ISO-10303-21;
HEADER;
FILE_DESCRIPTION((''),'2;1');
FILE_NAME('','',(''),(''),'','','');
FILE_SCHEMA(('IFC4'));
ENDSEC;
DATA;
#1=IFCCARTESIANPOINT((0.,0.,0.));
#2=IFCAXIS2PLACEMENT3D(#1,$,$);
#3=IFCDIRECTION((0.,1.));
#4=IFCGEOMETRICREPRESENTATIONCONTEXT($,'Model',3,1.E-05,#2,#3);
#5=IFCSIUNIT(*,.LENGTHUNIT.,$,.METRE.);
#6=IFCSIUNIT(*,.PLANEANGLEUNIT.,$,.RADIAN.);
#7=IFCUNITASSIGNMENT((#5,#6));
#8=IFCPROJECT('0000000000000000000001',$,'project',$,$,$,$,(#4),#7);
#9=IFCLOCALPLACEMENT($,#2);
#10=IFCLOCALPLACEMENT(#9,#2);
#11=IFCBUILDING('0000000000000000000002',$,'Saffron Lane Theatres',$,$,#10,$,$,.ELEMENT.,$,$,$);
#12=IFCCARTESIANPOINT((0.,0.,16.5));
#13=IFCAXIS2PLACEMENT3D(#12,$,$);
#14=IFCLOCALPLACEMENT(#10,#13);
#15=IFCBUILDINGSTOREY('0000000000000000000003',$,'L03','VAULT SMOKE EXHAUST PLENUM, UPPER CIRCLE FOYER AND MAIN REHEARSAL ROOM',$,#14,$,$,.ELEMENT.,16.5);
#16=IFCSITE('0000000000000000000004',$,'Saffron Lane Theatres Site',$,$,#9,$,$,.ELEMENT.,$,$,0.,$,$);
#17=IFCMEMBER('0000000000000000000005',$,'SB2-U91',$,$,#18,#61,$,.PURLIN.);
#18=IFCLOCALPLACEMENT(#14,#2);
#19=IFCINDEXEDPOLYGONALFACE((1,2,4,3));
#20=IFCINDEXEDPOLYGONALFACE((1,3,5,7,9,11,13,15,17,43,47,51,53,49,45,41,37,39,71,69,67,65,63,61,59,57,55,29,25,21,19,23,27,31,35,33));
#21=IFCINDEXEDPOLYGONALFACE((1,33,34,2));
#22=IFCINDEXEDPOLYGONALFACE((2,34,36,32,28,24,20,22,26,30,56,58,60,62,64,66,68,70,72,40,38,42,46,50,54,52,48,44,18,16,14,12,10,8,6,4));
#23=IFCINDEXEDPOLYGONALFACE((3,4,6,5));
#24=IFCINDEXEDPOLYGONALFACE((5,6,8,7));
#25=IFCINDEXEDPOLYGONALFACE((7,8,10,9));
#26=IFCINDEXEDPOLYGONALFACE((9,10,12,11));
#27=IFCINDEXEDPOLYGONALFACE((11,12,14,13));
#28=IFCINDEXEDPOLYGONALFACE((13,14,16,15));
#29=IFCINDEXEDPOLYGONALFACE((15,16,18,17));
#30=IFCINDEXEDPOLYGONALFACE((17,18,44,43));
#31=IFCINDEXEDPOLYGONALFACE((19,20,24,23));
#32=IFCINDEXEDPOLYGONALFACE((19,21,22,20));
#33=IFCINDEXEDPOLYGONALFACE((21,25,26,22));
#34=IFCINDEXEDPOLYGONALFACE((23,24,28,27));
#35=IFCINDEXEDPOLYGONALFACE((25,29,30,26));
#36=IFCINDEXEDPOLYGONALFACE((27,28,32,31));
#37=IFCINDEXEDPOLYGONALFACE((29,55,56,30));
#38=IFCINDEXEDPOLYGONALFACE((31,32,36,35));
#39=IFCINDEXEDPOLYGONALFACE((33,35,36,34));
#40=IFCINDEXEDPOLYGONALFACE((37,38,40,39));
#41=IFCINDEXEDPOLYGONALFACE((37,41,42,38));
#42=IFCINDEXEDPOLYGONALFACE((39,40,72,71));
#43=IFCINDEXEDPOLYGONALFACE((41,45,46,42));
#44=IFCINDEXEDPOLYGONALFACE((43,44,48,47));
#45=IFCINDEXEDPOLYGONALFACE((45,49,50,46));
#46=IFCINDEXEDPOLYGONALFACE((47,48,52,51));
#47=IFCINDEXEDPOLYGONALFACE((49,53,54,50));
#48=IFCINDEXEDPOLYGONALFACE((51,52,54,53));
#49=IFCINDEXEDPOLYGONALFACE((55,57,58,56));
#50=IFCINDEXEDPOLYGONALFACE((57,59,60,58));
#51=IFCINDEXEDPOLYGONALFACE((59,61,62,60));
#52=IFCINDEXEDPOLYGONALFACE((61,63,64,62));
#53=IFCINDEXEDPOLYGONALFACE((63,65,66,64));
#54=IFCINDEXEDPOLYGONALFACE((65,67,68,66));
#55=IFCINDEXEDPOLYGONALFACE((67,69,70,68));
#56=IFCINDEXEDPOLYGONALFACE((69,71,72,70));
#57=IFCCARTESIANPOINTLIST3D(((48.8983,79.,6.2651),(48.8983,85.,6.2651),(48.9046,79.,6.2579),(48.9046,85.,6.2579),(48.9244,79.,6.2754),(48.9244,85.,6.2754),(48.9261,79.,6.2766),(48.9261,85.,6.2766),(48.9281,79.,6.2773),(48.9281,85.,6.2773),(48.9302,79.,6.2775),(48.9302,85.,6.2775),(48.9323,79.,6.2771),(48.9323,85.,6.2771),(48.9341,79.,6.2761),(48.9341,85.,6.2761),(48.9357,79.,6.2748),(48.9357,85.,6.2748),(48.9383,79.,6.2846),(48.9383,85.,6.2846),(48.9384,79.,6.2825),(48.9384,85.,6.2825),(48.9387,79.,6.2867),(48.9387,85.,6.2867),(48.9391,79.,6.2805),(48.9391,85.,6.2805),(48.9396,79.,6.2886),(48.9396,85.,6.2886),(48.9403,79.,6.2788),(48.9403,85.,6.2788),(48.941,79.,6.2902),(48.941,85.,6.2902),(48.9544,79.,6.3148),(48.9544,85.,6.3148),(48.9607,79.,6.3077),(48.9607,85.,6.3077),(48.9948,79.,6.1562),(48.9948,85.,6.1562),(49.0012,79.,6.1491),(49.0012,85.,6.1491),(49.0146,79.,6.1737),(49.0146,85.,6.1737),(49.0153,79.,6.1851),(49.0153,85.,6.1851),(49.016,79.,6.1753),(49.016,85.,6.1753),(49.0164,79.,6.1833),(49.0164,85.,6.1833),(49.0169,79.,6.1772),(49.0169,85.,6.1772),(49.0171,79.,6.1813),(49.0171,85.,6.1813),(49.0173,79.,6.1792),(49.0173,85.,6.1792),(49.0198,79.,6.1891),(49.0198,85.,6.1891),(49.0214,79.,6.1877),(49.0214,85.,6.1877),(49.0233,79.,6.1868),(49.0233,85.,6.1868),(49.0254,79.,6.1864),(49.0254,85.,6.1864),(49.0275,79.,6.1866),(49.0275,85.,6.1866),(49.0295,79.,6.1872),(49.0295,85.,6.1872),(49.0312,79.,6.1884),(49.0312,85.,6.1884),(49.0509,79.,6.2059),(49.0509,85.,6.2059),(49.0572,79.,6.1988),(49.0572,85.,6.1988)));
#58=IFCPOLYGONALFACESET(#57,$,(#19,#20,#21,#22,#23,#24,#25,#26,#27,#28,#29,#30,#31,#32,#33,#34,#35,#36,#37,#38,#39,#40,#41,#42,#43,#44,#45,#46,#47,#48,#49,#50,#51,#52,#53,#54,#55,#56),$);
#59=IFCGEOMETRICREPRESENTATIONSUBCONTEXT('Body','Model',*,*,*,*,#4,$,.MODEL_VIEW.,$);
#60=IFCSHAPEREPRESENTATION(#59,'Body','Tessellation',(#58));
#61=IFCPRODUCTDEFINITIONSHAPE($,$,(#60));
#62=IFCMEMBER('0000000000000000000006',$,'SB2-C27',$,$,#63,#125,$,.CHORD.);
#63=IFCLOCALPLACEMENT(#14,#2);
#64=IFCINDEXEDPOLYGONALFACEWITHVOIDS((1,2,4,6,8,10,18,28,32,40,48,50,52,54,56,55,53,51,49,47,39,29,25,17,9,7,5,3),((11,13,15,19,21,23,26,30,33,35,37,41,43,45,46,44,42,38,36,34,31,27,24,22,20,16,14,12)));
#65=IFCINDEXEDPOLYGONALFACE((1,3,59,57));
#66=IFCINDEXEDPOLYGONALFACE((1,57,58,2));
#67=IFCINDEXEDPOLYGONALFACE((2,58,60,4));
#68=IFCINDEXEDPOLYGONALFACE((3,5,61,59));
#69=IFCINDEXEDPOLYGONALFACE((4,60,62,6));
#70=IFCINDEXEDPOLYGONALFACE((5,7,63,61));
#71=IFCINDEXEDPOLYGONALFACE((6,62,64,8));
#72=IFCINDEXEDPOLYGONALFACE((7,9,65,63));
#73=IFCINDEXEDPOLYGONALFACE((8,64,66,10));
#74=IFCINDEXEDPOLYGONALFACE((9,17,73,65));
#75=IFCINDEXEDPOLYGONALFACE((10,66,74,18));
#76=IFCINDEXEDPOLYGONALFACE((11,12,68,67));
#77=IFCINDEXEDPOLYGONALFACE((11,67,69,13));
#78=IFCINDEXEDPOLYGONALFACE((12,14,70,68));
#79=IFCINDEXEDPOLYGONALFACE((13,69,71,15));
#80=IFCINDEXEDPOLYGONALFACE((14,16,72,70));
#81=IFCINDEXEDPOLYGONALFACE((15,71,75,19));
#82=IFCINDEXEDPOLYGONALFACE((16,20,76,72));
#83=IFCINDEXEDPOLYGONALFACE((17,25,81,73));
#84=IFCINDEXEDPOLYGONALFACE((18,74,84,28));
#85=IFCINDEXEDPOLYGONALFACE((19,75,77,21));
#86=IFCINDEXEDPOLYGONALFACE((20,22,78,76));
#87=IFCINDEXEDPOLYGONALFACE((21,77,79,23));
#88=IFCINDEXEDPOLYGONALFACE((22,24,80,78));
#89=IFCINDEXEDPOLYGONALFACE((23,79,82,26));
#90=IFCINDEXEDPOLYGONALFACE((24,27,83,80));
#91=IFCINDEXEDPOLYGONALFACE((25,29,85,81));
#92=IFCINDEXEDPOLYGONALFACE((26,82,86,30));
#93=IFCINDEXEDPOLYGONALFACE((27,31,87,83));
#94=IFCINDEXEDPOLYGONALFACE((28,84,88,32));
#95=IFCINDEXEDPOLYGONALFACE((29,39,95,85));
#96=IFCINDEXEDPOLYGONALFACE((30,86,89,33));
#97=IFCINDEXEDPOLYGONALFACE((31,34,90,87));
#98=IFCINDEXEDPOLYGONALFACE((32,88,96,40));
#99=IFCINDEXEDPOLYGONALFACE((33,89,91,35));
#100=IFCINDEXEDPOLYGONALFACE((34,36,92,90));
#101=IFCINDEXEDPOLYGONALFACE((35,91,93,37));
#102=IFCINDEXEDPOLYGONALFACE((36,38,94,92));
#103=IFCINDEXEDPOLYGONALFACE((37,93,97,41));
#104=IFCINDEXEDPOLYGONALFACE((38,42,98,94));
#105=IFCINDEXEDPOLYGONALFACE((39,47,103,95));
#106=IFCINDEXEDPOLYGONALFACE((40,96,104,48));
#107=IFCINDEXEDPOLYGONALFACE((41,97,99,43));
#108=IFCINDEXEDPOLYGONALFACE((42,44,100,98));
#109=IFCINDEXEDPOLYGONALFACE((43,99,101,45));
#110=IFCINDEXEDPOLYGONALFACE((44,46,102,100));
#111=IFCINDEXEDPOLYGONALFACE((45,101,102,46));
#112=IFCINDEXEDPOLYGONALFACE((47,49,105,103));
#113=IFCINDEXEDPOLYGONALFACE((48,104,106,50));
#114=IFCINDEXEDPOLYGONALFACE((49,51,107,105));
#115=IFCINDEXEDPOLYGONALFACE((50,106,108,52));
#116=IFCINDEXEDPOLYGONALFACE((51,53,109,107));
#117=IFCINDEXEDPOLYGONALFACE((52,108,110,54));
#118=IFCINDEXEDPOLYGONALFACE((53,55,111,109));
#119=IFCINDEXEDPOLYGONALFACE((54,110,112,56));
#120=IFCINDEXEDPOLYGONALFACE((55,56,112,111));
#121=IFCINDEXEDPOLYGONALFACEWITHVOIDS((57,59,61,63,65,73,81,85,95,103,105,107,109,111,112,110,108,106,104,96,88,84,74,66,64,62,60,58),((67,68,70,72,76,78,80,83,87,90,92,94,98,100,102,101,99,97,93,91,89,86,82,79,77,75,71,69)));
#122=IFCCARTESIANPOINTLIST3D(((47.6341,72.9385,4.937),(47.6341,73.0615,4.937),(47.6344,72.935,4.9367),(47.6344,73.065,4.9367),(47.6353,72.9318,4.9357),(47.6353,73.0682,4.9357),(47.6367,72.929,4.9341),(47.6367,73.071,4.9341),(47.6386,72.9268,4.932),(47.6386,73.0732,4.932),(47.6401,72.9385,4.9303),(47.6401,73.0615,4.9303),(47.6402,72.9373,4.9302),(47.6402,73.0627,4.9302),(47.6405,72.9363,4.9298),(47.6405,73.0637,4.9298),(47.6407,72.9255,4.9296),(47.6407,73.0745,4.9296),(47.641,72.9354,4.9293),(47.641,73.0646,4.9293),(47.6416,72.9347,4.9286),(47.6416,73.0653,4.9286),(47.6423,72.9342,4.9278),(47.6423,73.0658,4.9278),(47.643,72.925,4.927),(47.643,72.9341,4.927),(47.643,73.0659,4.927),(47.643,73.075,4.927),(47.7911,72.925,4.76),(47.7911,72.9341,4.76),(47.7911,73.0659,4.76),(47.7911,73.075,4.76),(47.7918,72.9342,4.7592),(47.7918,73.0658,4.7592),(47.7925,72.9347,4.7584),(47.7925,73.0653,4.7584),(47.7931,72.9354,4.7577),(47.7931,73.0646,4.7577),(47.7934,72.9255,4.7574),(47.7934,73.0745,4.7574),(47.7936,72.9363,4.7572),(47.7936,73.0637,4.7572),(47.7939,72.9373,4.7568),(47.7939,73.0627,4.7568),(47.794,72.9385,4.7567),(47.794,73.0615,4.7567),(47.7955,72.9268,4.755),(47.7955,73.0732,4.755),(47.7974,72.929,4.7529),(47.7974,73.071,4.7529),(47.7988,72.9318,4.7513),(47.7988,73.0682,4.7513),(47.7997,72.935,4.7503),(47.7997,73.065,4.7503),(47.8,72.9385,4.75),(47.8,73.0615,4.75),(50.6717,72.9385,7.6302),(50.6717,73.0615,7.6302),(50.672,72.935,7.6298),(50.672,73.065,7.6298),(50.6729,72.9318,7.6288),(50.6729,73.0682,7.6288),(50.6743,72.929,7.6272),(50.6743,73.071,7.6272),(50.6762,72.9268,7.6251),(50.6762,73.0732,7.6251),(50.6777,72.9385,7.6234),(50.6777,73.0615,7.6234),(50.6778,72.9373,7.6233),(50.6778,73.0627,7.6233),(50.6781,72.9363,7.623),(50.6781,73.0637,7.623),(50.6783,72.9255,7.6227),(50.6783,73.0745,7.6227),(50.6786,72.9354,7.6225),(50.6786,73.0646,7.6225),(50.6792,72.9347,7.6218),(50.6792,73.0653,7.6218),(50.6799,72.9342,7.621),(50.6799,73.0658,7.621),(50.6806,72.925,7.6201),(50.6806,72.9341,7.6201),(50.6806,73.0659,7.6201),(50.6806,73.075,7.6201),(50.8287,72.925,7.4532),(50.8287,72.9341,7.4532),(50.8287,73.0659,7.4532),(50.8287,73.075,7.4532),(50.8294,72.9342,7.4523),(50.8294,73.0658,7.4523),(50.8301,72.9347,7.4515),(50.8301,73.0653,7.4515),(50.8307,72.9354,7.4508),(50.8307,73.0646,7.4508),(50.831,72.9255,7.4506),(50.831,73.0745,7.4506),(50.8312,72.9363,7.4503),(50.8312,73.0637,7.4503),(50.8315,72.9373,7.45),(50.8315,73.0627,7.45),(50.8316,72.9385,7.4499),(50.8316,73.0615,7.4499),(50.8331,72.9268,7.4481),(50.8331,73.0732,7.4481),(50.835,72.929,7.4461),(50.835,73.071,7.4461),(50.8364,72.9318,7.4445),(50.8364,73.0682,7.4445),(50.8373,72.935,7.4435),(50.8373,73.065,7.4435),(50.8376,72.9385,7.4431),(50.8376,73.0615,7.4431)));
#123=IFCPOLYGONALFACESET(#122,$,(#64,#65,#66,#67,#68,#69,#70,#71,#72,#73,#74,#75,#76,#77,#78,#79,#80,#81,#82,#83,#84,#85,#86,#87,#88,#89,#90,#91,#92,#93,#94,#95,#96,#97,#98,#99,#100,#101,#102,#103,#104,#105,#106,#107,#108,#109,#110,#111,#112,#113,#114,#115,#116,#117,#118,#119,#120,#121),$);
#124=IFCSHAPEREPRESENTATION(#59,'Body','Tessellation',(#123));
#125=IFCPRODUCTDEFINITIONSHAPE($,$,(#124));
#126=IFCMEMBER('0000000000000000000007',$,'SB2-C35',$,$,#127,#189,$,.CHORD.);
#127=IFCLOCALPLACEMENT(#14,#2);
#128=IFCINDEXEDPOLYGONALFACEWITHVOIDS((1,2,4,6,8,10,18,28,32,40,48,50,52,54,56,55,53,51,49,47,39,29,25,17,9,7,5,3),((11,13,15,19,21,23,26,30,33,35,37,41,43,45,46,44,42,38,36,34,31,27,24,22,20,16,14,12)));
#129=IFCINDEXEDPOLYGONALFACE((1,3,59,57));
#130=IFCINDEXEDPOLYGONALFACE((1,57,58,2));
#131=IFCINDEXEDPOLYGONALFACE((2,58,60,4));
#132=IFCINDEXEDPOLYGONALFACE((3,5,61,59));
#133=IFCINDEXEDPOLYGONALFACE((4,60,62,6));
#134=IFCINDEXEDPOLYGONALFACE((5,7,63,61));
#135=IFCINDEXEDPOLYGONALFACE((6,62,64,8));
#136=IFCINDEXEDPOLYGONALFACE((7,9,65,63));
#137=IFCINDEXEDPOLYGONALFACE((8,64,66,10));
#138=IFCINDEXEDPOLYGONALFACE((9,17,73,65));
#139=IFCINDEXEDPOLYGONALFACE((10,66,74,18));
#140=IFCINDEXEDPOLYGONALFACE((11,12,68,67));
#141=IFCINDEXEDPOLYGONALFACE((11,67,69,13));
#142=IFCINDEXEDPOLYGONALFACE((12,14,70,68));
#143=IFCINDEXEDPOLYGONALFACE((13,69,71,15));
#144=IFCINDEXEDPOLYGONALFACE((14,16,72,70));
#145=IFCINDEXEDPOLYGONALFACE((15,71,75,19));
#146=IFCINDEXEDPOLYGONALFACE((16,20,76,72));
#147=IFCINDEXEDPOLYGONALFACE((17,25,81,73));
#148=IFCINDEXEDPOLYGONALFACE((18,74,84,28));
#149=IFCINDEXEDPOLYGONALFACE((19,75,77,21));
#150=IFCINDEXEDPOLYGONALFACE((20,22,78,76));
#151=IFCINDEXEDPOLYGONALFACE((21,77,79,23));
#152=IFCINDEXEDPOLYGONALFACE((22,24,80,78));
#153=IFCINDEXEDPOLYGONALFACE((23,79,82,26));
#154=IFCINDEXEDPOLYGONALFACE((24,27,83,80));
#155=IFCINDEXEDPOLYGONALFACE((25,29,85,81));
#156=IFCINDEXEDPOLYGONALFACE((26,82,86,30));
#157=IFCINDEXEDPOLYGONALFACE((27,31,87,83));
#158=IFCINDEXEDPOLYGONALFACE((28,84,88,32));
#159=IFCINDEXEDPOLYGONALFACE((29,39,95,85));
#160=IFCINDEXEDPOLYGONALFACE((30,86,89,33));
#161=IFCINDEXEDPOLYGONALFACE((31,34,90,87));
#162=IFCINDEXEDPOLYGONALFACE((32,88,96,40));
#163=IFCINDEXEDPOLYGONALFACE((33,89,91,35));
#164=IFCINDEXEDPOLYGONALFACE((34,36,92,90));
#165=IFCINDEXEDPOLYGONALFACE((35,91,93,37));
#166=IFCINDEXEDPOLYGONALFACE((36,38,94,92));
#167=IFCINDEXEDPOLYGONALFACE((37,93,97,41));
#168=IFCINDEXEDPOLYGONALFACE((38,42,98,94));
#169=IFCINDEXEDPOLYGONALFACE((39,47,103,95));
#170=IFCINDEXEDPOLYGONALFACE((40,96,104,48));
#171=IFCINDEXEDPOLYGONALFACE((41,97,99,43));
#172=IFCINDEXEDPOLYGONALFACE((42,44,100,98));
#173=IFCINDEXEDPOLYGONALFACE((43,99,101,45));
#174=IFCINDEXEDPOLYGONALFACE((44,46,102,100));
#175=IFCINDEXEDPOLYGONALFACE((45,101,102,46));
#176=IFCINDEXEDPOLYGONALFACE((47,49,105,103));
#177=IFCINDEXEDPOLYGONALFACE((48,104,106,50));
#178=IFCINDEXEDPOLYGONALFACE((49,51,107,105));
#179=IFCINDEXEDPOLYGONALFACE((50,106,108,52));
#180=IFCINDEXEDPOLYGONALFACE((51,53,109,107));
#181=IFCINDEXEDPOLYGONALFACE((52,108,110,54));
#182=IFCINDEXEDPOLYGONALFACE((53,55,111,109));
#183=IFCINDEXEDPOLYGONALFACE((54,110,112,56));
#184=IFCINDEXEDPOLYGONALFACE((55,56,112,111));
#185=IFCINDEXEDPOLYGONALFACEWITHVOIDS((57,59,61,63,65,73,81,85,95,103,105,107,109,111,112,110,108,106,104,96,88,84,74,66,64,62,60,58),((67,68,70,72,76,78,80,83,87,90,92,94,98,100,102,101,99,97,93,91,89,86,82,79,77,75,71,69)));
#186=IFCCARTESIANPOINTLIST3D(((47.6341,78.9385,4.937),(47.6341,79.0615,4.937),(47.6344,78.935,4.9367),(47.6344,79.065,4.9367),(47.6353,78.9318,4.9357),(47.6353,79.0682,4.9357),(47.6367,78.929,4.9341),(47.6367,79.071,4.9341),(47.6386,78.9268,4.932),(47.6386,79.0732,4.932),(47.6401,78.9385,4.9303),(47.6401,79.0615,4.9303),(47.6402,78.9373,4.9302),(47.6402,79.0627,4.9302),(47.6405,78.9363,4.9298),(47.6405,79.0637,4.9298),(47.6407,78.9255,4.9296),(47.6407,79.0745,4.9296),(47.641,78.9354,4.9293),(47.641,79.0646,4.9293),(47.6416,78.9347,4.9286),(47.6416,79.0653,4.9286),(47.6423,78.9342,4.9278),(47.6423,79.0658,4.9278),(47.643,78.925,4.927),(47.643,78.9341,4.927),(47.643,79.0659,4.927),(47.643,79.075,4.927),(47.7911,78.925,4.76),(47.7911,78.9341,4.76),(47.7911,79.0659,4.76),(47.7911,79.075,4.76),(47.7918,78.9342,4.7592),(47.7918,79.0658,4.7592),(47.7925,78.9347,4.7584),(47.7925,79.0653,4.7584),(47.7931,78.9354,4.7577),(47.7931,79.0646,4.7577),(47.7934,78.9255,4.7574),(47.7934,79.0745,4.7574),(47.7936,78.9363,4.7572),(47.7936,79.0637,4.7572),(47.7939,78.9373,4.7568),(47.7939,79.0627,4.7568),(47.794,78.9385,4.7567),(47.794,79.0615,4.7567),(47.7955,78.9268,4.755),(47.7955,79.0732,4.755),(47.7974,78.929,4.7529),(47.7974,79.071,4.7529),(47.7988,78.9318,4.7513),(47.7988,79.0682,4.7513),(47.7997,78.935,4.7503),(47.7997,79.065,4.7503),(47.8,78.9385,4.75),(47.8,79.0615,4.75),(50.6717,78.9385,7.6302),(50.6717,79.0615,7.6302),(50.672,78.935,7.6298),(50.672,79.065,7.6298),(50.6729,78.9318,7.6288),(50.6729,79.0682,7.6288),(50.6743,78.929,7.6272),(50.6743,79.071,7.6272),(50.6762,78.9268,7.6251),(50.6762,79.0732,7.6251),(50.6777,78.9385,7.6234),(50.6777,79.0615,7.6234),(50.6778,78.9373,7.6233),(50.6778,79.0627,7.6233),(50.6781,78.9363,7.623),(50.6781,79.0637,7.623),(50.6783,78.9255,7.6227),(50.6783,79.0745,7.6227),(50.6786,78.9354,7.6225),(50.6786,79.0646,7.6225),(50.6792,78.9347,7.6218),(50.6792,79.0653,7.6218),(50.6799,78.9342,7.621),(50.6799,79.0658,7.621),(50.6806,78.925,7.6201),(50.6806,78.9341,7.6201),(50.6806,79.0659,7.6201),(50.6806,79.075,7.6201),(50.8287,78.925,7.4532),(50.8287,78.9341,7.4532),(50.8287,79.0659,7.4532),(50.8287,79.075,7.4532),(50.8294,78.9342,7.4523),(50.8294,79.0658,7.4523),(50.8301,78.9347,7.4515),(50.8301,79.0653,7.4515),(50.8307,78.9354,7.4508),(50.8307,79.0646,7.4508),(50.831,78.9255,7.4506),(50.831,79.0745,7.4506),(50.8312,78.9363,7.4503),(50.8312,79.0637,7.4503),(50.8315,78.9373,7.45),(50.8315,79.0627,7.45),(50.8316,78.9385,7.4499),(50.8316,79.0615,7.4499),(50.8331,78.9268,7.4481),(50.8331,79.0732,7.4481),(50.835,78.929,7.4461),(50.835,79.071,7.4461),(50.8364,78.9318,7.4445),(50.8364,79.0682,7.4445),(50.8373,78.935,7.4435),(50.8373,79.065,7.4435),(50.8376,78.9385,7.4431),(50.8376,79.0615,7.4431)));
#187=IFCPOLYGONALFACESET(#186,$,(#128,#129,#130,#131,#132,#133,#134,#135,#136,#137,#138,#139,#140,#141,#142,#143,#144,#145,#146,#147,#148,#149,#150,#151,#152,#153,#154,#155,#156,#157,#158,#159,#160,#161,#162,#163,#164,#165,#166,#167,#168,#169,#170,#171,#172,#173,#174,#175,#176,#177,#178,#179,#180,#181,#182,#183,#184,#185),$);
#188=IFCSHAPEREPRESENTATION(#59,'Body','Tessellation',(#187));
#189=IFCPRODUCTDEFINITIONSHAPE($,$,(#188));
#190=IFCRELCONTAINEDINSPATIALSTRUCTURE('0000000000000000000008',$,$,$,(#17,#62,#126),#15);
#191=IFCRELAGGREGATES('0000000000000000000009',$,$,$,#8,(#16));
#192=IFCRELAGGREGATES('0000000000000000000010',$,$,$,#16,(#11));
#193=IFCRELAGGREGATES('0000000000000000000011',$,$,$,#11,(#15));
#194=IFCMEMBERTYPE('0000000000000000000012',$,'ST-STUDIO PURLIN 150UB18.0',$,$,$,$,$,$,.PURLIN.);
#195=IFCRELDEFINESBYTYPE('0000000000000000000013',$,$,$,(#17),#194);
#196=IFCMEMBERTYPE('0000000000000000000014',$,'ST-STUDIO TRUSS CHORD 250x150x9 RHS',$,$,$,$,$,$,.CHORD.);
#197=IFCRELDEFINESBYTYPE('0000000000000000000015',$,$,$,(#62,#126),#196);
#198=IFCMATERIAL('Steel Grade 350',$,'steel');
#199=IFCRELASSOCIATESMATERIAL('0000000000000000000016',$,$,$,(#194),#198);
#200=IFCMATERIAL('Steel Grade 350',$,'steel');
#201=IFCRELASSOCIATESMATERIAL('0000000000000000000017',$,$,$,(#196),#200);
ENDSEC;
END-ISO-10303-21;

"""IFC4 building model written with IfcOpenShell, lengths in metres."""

from ifc_helpers import new_model, si_unit, direction, frame, origin, origin_2d, place, context, subcontext, project, spatial, hollow_rectangle, i_section, extrude, material, material_profile, profile_set, type_object, element, save


model = new_model("IFC4")

# Units and contexts
model_context = context("Model", 3, precision=1e-05, world=origin(), true_north=direction((0.0, 1.0)))
body_context = subcontext(model_context, "Body", "Model", "MODEL_VIEW")
ifc_project = project(units=[si_unit("LENGTHUNIT", "METRE"), si_unit("PLANEANGLEUNIT", "RADIAN")], contexts=[model_context])

# Site, building, storey
site_placement = place(None, origin())
site = spatial("IfcSite", under=ifc_project, at=site_placement, Name="Saffron Lane Theatres Site", CompositionType="ELEMENT", RefElevation=0.0)
building_placement = place(site_placement, origin())
building = spatial("IfcBuilding", under=site, at=building_placement, Name="Saffron Lane Theatres", CompositionType="ELEMENT")
storey_placement = place(building_placement, frame((0.0, 0.0, 16.5)))
storey = spatial("IfcBuildingStorey", under=building, at=storey_placement, Name="L03", Description="VAULT SMOKE EXHAUST PLENUM, UPPER CIRCLE FOYER AND MAIN REHEARSAL ROOM", CompositionType="ELEMENT", Elevation=16.5)

# Members
ifc_material_1 = material(Name="Steel Grade 350", Category="steel")
ifc_material_profile_1 = material_profile(ifc_material_1, i_section(OverallWidth=0.075, OverallDepth=0.155, WebThickness=0.0061, FlangeThickness=0.0095, FilletRadius=0.0081, at=origin_2d()))
ifc_profile_set_1 = profile_set([ifc_material_profile_1], Name="Steel Grade 350")
member_type_1 = type_object("IfcMemberType", Name="ST-STUDIO PURLIN 150UB18.0", PredefinedType="PURLIN", material=ifc_profile_set_1)
for number, where, z_axis, x_axis, name in (
    (1, (48.9778, 79.0, 6.2319), (0.0, 1.0, 0.0), (-0.748269, 0.0, -0.663396), "SB2-U91"),
):
    element("IfcMember", number, at=place(storey_placement, frame(where, z_axis=z_axis, x_axis=x_axis)), inside=storey, type_object=member_type_1, Name=name, PredefinedType="PURLIN", context=body_context, shape_type="SweptSolid", body=[
        extrude(i_section(OverallWidth=0.075, OverallDepth=0.155, WebThickness=0.0061, FlangeThickness=0.0095, FilletRadius=0.0081, at=origin_2d()), origin(), (0.0, 0.0, 1.0), 6.0),
    ])
ifc_material_2 = material(Name="Steel Grade 350", Category="steel")
ifc_material_profile_2 = material_profile(ifc_material_2, hollow_rectangle(XDim=0.1499, YDim=0.25, WallThickness=0.009, InnerFilletRadius=0.0044, OuterFilletRadius=0.0134, at=origin_2d()))
ifc_profile_set_2 = profile_set([ifc_material_profile_2], Name="Steel Grade 350")
member_type_2 = type_object("IfcMemberType", Name="ST-STUDIO TRUSS CHORD 250x150x9 RHS", PredefinedType="CHORD", material=ifc_profile_set_2)
for number, where, z_axis, x_axis, name in (
    (2, (47.717, 73.0, 4.8435), (0.748261, 0.0, 0.663404), (0.0, 1.0, 0.0), "SB2-C27"),
    (3, (47.717, 79.0, 4.8435), (0.748261, 0.0, 0.663404), (0.0, 1.0, 0.0), "SB2-C35"),
):
    element("IfcMember", number, at=place(storey_placement, frame(where, z_axis=z_axis, x_axis=x_axis)), inside=storey, type_object=member_type_2, Name=name, PredefinedType="CHORD", context=body_context, shape_type="SweptSolid", body=[
        extrude(hollow_rectangle(XDim=0.1499, YDim=0.25, WallThickness=0.009, InnerFilletRadius=0.0044, OuterFilletRadius=0.0134, at=origin_2d()), origin(), (0.0, 0.0, 1.0), 4.0596),
    ])

save(model, "model.ifc")
